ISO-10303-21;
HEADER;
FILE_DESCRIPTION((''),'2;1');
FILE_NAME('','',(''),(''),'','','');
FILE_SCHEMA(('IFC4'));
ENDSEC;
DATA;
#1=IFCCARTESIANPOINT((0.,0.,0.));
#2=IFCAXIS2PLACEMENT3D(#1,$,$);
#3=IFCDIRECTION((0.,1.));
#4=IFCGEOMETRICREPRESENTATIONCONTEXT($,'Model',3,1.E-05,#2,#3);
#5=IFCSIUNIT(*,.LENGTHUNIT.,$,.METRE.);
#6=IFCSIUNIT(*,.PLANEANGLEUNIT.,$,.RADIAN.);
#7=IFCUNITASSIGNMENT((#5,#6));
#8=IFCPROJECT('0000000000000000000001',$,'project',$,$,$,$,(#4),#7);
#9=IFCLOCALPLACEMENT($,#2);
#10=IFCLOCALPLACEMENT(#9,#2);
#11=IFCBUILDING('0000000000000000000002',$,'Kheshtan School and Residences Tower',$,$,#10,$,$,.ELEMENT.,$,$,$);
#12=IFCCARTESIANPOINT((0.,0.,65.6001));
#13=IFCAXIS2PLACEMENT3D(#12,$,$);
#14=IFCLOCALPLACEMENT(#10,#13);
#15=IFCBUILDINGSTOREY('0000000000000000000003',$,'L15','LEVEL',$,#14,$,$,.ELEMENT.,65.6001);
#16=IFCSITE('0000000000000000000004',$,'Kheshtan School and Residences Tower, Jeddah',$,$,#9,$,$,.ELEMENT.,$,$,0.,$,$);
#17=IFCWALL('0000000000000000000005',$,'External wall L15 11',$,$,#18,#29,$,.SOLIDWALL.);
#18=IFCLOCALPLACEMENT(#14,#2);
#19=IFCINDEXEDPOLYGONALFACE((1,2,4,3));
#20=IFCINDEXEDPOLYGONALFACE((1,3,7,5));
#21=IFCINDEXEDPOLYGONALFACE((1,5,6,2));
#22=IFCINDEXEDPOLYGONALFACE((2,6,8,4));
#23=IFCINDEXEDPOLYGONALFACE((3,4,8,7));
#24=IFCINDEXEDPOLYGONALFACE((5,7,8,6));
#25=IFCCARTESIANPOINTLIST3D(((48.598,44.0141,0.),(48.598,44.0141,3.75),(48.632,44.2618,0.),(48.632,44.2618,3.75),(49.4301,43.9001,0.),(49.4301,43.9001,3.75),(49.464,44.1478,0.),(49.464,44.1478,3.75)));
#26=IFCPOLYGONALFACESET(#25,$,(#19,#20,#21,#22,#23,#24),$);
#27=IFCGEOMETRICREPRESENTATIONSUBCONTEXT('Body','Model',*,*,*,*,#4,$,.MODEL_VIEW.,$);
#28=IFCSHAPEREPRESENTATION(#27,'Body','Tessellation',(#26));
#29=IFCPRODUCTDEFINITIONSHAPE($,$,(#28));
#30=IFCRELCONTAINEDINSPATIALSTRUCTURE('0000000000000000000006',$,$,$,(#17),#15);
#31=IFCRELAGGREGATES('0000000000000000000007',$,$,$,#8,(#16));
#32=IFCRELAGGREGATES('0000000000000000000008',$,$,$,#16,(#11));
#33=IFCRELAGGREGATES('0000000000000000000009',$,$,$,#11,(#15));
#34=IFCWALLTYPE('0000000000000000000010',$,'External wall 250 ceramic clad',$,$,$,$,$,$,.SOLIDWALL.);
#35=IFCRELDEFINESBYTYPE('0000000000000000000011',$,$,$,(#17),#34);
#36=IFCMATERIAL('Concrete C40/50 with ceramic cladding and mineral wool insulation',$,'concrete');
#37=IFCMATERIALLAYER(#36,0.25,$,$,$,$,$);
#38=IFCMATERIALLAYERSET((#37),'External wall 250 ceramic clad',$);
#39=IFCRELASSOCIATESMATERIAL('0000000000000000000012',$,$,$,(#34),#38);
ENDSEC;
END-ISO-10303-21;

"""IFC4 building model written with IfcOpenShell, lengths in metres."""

from ifc_helpers import new_model, si_unit, direction, frame, frame_2d, origin, place, context, subcontext, project, spatial, rectangle, extrude, material, layer, layer_set, type_object, element, save


model = new_model("IFC4")

# Units and contexts
model_context = context("Model", 3, precision=1e-05, world=origin(), true_north=direction((0.0, 1.0)))
body_context = subcontext(model_context, "Body", "Model", "MODEL_VIEW")
ifc_project = project(units=[si_unit("LENGTHUNIT", "METRE"), si_unit("PLANEANGLEUNIT", "RADIAN")], contexts=[model_context])

# Site, building, storey
site_placement = place(None, origin())
site = spatial("IfcSite", under=ifc_project, at=site_placement, Name="Kheshtan School and Residences Tower, Jeddah", CompositionType="ELEMENT", RefElevation=0.0)
building_placement = place(site_placement, origin())
building = spatial("IfcBuilding", under=site, at=building_placement, Name="Kheshtan School and Residences Tower", CompositionType="ELEMENT")
storey_placement = place(building_placement, frame((0.0, 0.0, 65.6001)))
storey = spatial("IfcBuildingStorey", under=building, at=storey_placement, Name="L15", Description="LEVEL", CompositionType="ELEMENT", Elevation=65.6001)

# Wall
ifc_material_1 = material(Name="Concrete C40/50 with ceramic cladding and mineral wool insulation", Category="concrete")
ifc_layer_1 = layer(ifc_material_1, 0.25)
ifc_layer_set_1 = layer_set([ifc_layer_1], Name="External wall 250 ceramic clad")
wall_type = type_object("IfcWallType", Name="External wall 250 ceramic clad", PredefinedType="SOLIDWALL", material=ifc_layer_set_1)
wall_placement = place(storey_placement, frame((48.615, 44.1379, 0.0), z_axis=(0.0, 0.0, 1.0), x_axis=(0.990742, -0.135762, 0.0)))
element("IfcWall", 1, at=wall_placement, inside=storey, type_object=wall_type, Name="External wall L15 11", PredefinedType="SOLIDWALL", context=body_context, shape_type="SweptSolid", body=[
    extrude(rectangle(XDim=0.8398, YDim=0.25, at=frame_2d((0.4199, 0.0))), origin(), (0.0, 0.0, 1.0), 3.75),
])

save(model, "model.ifc")
